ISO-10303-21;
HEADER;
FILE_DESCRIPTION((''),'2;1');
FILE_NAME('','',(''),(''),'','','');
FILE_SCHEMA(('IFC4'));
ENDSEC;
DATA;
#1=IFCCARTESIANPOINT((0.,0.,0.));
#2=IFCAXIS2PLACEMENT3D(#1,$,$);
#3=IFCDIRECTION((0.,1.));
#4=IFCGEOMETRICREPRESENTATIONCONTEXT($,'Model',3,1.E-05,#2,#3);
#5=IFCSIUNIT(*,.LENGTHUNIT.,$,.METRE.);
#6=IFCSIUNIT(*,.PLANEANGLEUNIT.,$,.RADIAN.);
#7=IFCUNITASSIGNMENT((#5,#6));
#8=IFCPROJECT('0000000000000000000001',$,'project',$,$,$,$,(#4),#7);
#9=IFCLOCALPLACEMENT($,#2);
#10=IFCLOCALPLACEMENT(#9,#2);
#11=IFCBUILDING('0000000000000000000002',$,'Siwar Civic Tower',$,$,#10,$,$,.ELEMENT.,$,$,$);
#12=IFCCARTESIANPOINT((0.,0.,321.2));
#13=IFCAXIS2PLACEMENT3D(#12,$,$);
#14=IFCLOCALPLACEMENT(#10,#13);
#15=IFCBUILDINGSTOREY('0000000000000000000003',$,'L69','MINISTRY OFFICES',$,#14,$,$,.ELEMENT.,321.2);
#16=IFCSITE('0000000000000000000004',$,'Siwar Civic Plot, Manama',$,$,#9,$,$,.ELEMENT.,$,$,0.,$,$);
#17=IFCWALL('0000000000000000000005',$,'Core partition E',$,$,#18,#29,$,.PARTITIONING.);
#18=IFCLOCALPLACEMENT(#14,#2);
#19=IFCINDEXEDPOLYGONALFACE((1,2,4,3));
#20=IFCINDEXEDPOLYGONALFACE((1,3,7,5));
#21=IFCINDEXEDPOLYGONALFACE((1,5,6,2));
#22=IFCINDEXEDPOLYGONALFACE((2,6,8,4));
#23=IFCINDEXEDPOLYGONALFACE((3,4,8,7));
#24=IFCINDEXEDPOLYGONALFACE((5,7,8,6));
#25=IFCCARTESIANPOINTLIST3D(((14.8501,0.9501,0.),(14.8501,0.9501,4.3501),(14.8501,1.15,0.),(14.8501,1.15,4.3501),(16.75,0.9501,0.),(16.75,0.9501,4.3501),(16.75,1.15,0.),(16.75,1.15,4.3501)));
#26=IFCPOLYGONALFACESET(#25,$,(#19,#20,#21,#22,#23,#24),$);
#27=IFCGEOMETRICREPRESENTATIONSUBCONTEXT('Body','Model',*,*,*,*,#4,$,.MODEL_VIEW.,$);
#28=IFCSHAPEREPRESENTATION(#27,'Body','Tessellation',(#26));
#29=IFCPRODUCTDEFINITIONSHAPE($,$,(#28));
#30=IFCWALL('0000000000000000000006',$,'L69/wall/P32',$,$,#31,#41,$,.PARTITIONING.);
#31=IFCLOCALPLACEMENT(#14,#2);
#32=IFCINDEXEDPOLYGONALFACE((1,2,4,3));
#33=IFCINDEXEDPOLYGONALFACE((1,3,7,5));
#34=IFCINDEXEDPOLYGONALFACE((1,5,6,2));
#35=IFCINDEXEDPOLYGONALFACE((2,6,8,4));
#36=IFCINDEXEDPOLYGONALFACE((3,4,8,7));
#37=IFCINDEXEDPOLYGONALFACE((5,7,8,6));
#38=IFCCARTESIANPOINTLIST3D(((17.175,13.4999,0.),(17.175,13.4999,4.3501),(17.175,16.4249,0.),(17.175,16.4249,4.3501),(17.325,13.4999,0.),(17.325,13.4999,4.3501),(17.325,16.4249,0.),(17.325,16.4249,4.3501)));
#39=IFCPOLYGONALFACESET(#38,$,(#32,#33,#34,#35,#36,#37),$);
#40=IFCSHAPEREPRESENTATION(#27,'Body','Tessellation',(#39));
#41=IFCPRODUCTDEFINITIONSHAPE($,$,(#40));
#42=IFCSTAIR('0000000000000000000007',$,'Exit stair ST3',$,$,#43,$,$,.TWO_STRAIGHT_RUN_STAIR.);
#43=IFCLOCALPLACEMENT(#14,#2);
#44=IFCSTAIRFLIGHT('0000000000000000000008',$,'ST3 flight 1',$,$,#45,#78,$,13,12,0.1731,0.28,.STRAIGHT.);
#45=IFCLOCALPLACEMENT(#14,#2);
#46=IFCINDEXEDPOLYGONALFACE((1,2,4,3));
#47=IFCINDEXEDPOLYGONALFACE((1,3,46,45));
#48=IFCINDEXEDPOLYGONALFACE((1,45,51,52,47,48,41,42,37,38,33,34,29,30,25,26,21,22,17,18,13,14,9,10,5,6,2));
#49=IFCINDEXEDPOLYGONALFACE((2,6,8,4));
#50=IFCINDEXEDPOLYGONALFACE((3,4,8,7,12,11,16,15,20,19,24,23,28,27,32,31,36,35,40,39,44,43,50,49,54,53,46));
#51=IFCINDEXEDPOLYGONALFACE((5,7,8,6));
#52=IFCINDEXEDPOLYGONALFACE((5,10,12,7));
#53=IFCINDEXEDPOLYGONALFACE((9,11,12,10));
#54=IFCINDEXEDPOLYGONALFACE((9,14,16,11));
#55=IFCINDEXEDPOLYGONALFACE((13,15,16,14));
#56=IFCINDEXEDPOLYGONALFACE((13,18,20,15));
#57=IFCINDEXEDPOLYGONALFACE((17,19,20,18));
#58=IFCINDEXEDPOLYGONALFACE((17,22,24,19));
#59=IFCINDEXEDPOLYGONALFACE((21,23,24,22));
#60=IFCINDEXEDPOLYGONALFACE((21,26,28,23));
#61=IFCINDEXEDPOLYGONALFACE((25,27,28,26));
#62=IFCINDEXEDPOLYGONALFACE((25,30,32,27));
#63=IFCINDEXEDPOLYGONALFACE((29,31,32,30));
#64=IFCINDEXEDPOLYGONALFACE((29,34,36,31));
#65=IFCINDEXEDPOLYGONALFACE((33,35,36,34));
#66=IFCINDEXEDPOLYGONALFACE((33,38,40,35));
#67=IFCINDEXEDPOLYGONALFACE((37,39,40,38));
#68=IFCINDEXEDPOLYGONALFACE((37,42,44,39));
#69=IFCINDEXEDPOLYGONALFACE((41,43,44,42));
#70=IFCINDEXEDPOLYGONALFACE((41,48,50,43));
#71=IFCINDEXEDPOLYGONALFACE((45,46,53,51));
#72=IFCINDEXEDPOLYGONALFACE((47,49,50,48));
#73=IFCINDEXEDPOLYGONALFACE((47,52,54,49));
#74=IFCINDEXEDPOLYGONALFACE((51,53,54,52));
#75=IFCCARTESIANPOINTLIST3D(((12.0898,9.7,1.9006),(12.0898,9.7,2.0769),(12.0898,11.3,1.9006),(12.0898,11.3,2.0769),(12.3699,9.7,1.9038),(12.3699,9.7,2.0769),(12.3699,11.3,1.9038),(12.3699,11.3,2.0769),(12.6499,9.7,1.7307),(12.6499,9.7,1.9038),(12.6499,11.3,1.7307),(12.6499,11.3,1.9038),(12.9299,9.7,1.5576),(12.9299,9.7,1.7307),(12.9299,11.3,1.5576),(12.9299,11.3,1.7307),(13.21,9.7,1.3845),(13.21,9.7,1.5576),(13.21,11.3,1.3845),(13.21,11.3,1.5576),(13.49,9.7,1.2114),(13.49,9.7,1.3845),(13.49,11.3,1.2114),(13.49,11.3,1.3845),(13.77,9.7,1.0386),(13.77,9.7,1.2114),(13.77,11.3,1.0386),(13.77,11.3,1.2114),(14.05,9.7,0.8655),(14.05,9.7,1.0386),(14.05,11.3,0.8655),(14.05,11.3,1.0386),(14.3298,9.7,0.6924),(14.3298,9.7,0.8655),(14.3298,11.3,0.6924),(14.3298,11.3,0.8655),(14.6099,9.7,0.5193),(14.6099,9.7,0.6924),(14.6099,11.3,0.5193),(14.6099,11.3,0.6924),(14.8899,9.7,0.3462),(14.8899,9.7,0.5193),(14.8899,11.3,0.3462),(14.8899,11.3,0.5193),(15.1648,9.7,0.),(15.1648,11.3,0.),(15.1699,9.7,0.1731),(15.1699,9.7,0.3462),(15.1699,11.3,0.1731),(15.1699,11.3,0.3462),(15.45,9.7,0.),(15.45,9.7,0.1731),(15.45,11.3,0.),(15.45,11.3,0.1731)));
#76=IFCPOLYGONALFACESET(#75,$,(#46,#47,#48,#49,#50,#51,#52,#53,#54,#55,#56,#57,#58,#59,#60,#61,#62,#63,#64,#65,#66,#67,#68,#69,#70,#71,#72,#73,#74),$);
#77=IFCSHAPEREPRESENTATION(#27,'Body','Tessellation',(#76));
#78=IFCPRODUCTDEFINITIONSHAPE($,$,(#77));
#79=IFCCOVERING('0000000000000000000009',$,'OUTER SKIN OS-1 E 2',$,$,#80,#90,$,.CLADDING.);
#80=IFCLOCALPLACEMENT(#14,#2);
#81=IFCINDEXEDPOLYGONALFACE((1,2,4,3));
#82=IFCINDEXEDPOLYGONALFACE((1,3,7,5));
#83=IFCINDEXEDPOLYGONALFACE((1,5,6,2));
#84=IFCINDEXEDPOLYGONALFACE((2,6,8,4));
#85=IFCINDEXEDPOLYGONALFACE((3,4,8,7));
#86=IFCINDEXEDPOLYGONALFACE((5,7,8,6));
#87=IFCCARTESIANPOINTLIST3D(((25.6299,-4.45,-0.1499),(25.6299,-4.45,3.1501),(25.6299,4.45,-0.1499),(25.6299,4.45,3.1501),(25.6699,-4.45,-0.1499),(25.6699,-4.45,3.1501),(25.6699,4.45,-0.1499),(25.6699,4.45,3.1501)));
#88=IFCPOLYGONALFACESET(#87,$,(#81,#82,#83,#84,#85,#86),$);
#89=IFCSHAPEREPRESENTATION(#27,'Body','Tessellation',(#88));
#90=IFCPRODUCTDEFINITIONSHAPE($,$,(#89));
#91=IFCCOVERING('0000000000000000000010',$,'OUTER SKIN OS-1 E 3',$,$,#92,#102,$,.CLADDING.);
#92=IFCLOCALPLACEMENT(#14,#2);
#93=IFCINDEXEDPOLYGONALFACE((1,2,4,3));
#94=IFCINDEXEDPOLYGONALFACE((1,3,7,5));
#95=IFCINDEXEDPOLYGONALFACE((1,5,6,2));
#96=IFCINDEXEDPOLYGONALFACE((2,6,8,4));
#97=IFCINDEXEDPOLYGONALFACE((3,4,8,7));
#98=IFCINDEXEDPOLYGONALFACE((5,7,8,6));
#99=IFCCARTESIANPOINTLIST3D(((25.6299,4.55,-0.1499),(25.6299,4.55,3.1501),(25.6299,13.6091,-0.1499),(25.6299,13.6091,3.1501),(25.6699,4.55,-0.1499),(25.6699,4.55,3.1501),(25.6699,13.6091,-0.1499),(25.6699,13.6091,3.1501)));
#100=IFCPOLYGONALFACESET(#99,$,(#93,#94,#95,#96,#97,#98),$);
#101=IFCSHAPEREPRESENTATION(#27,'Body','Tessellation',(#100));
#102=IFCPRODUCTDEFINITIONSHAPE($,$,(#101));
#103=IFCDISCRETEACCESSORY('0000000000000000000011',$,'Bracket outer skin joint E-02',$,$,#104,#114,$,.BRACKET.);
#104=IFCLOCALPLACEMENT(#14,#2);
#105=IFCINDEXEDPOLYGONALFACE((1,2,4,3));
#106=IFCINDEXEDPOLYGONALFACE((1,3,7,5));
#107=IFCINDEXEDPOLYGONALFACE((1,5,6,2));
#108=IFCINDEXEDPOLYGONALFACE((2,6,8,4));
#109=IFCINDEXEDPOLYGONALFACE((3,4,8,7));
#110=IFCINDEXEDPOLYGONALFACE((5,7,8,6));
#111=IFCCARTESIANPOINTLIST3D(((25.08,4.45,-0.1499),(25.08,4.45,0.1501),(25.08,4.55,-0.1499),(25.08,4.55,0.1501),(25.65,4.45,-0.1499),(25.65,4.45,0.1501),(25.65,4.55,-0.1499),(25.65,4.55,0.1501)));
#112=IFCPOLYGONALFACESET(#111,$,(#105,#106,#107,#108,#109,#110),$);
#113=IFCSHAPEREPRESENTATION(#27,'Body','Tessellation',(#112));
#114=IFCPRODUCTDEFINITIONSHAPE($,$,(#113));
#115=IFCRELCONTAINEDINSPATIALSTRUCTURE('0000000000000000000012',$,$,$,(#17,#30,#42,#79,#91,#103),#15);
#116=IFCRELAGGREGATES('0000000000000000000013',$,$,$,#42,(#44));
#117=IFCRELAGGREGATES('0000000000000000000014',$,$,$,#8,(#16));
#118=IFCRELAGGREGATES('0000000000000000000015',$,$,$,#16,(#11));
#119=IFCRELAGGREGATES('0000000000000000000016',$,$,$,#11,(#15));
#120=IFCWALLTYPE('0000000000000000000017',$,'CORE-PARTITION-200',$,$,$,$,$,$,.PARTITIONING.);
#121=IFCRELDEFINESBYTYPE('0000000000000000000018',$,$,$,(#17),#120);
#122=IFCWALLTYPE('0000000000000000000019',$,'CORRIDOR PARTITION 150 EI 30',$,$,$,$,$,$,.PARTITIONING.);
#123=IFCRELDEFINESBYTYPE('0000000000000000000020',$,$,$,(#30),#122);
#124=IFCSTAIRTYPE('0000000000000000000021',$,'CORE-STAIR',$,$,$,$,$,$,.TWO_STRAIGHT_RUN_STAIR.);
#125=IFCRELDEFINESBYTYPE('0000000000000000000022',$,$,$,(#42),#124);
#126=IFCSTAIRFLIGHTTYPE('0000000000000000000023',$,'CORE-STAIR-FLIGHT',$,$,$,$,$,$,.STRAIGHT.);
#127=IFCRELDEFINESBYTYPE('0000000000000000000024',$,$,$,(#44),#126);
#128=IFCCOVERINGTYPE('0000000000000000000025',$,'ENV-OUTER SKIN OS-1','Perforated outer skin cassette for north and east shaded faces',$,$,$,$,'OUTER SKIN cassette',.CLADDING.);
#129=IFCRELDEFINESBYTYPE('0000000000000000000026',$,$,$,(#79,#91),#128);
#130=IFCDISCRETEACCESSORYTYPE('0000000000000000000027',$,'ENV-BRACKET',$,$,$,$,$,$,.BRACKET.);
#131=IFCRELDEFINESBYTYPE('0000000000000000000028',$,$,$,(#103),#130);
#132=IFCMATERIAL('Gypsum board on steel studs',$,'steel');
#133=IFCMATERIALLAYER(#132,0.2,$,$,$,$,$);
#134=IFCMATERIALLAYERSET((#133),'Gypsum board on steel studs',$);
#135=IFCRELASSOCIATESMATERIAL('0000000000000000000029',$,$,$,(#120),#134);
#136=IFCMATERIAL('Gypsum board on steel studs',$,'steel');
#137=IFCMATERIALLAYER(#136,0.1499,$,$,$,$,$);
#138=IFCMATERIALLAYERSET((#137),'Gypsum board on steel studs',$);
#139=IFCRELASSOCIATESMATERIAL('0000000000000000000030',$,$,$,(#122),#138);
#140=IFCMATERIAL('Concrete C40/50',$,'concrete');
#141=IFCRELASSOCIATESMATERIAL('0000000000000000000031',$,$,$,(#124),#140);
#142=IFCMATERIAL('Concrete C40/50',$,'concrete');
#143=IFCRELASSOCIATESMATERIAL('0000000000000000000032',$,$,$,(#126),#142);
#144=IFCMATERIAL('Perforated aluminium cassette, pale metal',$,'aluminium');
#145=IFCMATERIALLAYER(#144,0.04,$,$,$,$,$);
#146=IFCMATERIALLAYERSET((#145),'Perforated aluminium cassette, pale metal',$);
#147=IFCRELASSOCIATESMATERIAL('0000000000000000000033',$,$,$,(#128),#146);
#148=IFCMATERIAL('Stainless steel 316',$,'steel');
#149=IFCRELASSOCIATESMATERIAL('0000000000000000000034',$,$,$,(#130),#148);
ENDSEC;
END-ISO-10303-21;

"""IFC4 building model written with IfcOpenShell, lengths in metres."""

from ifc_helpers import new_model, si_unit, direction, frame, frame_2d, origin, origin_2d, place, context, subcontext, project, spatial, polyline, rectangle, outline, extrude, material, layer, layer_set, type_object, element, aggregate, save


model = new_model("IFC4")

# Units and contexts
model_context = context("Model", 3, precision=1e-05, world=origin(), true_north=direction((0.0, 1.0)))
body_context = subcontext(model_context, "Body", "Model", "MODEL_VIEW")
ifc_project = project(units=[si_unit("LENGTHUNIT", "METRE"), si_unit("PLANEANGLEUNIT", "RADIAN")], contexts=[model_context])

# Site, building, storey
site_placement = place(None, origin())
site = spatial("IfcSite", under=ifc_project, at=site_placement, Name="Siwar Civic Plot, Manama", CompositionType="ELEMENT", RefElevation=0.0)
building_placement = place(site_placement, origin())
building = spatial("IfcBuilding", under=site, at=building_placement, Name="Siwar Civic Tower", CompositionType="ELEMENT")
storey_placement = place(building_placement, frame((0.0, 0.0, 321.2)))
storey = spatial("IfcBuildingStorey", under=building, at=storey_placement, Name="L69", Description="MINISTRY OFFICES", CompositionType="ELEMENT", Elevation=321.2)

# Walls
ifc_material_1 = material(Name="Gypsum board on steel studs", Category="steel")
ifc_layer_1 = layer(ifc_material_1, 0.2)
ifc_layer_set_1 = layer_set([ifc_layer_1], Name="Gypsum board on steel studs")
wall_type_1 = type_object("IfcWallType", Name="CORE-PARTITION-200", PredefinedType="PARTITIONING", material=ifc_layer_set_1)
for number, where, z_axis, x_axis, name in (
    (1, (14.8501, 1.05, 0.0), (0.0, 0.0, 1.0), (1.0, 0.0, 0.0), "Core partition E"),
):
    element("IfcWall", number, at=place(storey_placement, frame(where, z_axis=z_axis, x_axis=x_axis)), inside=storey, type_object=wall_type_1, Name=name, PredefinedType="PARTITIONING", context=body_context, shape_type="SweptSolid", body=[
        extrude(rectangle(XDim=1.8999, YDim=0.2, at=frame_2d((0.95, 0.0))), origin(), (0.0, 0.0, 1.0), 4.3501),
    ])
ifc_material_2 = material(Name="Gypsum board on steel studs", Category="steel")
ifc_layer_2 = layer(ifc_material_2, 0.1499)
ifc_layer_set_2 = layer_set([ifc_layer_2], Name="Gypsum board on steel studs")
wall_type_2 = type_object("IfcWallType", Name="CORRIDOR PARTITION 150 EI 30", PredefinedType="PARTITIONING", material=ifc_layer_set_2)
wall_placement = place(storey_placement, frame((17.25, 13.5, 0.0), z_axis=(0.0, 0.0, 1.0), x_axis=(0.0, 1.0, 0.0)))
element("IfcWall", 2, at=wall_placement, inside=storey, type_object=wall_type_2, Name="L69/wall/P32", PredefinedType="PARTITIONING", context=body_context, shape_type="SweptSolid", body=[
    extrude(rectangle(XDim=2.925, YDim=0.1499, at=frame_2d((1.4624, 0.0))), origin(), (0.0, 0.0, 1.0), 4.3501),
])

# Stair, stair flight
ifc_material_3 = material(Name="Concrete C40/50", Category="concrete")
stair_type = type_object("IfcStairType", Name="CORE-STAIR", PredefinedType="TWO_STRAIGHT_RUN_STAIR", material=ifc_material_3)
stair_placement = place(storey_placement, origin())
stair = element("IfcStair", 3, at=stair_placement, inside=storey, type_object=stair_type, Name="Exit stair ST3", PredefinedType="TWO_STRAIGHT_RUN_STAIR")
ifc_material_4 = material(Name="Concrete C40/50", Category="concrete")
stair_flight_type = type_object("IfcStairFlightType", Name="CORE-STAIR-FLIGHT", PredefinedType="STRAIGHT", material=ifc_material_4)
stair_flight_placement = place(storey_placement, frame((15.45, 10.5, 0.0), z_axis=(0.0, 0.0, 1.0), x_axis=(-1.0, 0.0, 0.0)))
stair_flight = element("IfcStairFlight", 4, at=stair_flight_placement, type_object=stair_flight_type, Name="ST3 flight 1", NumberOfRisers=13, NumberOfTreads=12, PredefinedType="STRAIGHT", RiserHeight=0.1731, TreadLength=0.28, context=body_context, shape_type="SweptSolid", body=[
    extrude(outline(polyline([(0.0, 0.0), (0.0, 0.1731), (0.28, 0.1731), (0.28, 0.3462), (0.5601, 0.3462), (0.5601, 0.5193), (0.8401, 0.5193), (0.8401, 0.6924), (1.1201, 0.6924), (1.1201, 0.8655), (1.3999, 0.8655), (1.3999, 1.0386), (1.6799, 1.0386), (1.6799, 1.2114), (1.96, 1.2114), (1.96, 1.3845), (2.24, 1.3845), (2.24, 1.5576), (2.52, 1.5576), (2.52, 1.7307), (2.8, 1.7307), (2.8, 1.9038), (3.0801, 1.9038), (3.0801, 2.0769), (3.3601, 2.0769), (3.3601, 2.25), (3.3601, 1.9006), (0.2852, 0.0), (0.0, 0.0)])), frame((0.0, 0.8, 0.0), z_axis=(0.0, -1.0, 0.0), x_axis=(1.0, 0.0, 0.0)), (0.0, 0.0, 1.0), 1.6001),
])
aggregate(stair, [stair_flight])

# Coverings
ifc_material_5 = material(Name="Perforated aluminium cassette, pale metal", Category="aluminium")
ifc_layer_3 = layer(ifc_material_5, 0.04)
ifc_layer_set_3 = layer_set([ifc_layer_3], Name="Perforated aluminium cassette, pale metal")
covering_type = type_object("IfcCoveringType", Name="ENV-OUTER SKIN OS-1", Description="Perforated outer skin cassette for north and east shaded faces", ElementType="OUTER SKIN cassette", PredefinedType="CLADDING", material=ifc_layer_set_3)
covering_1_placement = place(storey_placement, frame((25.6499, 0.0, -0.1499), z_axis=(0.0, 0.0, 1.0), x_axis=(0.0, 1.0, 0.0)))
element("IfcCovering", 5, at=covering_1_placement, inside=storey, type_object=covering_type, Name="OUTER SKIN OS-1 E 2", PredefinedType="CLADDING", context=body_context, shape_type="SweptSolid", body=[
    extrude(rectangle(XDim=8.8999, YDim=0.04, at=origin_2d()), origin(), (0.0, 0.0, 1.0), 3.3),
])
covering_2_placement = place(storey_placement, frame((25.6499, 9.0796, -0.1499), z_axis=(0.0, 0.0, 1.0), x_axis=(0.0, 1.0, 0.0)))
element("IfcCovering", 6, at=covering_2_placement, inside=storey, type_object=covering_type, Name="OUTER SKIN OS-1 E 3", PredefinedType="CLADDING", context=body_context, shape_type="SweptSolid", body=[
    extrude(rectangle(XDim=9.0591, YDim=0.04, at=origin_2d()), origin(), (0.0, 0.0, 1.0), 3.3),
])

# Discrete accessory
ifc_material_6 = material(Name="Stainless steel 316", Category="steel")
discrete_accessory_type = type_object("IfcDiscreteAccessoryType", Name="ENV-BRACKET", PredefinedType="BRACKET", material=ifc_material_6)
discrete_accessory_placement = place(storey_placement, frame((25.365, 4.5, -0.1499), z_axis=(0.0, 0.0, 1.0), x_axis=(1.0, 0.0, 0.0)))
element("IfcDiscreteAccessory", 7, at=discrete_accessory_placement, inside=storey, type_object=discrete_accessory_type, Name="Bracket outer skin joint E-02", PredefinedType="BRACKET", context=body_context, shape_type="SweptSolid", body=[
    extrude(rectangle(XDim=0.5701, YDim=0.1001, at=origin_2d()), origin(), (0.0, 0.0, 1.0), 0.3),
])

save(model, "model.ifc")
